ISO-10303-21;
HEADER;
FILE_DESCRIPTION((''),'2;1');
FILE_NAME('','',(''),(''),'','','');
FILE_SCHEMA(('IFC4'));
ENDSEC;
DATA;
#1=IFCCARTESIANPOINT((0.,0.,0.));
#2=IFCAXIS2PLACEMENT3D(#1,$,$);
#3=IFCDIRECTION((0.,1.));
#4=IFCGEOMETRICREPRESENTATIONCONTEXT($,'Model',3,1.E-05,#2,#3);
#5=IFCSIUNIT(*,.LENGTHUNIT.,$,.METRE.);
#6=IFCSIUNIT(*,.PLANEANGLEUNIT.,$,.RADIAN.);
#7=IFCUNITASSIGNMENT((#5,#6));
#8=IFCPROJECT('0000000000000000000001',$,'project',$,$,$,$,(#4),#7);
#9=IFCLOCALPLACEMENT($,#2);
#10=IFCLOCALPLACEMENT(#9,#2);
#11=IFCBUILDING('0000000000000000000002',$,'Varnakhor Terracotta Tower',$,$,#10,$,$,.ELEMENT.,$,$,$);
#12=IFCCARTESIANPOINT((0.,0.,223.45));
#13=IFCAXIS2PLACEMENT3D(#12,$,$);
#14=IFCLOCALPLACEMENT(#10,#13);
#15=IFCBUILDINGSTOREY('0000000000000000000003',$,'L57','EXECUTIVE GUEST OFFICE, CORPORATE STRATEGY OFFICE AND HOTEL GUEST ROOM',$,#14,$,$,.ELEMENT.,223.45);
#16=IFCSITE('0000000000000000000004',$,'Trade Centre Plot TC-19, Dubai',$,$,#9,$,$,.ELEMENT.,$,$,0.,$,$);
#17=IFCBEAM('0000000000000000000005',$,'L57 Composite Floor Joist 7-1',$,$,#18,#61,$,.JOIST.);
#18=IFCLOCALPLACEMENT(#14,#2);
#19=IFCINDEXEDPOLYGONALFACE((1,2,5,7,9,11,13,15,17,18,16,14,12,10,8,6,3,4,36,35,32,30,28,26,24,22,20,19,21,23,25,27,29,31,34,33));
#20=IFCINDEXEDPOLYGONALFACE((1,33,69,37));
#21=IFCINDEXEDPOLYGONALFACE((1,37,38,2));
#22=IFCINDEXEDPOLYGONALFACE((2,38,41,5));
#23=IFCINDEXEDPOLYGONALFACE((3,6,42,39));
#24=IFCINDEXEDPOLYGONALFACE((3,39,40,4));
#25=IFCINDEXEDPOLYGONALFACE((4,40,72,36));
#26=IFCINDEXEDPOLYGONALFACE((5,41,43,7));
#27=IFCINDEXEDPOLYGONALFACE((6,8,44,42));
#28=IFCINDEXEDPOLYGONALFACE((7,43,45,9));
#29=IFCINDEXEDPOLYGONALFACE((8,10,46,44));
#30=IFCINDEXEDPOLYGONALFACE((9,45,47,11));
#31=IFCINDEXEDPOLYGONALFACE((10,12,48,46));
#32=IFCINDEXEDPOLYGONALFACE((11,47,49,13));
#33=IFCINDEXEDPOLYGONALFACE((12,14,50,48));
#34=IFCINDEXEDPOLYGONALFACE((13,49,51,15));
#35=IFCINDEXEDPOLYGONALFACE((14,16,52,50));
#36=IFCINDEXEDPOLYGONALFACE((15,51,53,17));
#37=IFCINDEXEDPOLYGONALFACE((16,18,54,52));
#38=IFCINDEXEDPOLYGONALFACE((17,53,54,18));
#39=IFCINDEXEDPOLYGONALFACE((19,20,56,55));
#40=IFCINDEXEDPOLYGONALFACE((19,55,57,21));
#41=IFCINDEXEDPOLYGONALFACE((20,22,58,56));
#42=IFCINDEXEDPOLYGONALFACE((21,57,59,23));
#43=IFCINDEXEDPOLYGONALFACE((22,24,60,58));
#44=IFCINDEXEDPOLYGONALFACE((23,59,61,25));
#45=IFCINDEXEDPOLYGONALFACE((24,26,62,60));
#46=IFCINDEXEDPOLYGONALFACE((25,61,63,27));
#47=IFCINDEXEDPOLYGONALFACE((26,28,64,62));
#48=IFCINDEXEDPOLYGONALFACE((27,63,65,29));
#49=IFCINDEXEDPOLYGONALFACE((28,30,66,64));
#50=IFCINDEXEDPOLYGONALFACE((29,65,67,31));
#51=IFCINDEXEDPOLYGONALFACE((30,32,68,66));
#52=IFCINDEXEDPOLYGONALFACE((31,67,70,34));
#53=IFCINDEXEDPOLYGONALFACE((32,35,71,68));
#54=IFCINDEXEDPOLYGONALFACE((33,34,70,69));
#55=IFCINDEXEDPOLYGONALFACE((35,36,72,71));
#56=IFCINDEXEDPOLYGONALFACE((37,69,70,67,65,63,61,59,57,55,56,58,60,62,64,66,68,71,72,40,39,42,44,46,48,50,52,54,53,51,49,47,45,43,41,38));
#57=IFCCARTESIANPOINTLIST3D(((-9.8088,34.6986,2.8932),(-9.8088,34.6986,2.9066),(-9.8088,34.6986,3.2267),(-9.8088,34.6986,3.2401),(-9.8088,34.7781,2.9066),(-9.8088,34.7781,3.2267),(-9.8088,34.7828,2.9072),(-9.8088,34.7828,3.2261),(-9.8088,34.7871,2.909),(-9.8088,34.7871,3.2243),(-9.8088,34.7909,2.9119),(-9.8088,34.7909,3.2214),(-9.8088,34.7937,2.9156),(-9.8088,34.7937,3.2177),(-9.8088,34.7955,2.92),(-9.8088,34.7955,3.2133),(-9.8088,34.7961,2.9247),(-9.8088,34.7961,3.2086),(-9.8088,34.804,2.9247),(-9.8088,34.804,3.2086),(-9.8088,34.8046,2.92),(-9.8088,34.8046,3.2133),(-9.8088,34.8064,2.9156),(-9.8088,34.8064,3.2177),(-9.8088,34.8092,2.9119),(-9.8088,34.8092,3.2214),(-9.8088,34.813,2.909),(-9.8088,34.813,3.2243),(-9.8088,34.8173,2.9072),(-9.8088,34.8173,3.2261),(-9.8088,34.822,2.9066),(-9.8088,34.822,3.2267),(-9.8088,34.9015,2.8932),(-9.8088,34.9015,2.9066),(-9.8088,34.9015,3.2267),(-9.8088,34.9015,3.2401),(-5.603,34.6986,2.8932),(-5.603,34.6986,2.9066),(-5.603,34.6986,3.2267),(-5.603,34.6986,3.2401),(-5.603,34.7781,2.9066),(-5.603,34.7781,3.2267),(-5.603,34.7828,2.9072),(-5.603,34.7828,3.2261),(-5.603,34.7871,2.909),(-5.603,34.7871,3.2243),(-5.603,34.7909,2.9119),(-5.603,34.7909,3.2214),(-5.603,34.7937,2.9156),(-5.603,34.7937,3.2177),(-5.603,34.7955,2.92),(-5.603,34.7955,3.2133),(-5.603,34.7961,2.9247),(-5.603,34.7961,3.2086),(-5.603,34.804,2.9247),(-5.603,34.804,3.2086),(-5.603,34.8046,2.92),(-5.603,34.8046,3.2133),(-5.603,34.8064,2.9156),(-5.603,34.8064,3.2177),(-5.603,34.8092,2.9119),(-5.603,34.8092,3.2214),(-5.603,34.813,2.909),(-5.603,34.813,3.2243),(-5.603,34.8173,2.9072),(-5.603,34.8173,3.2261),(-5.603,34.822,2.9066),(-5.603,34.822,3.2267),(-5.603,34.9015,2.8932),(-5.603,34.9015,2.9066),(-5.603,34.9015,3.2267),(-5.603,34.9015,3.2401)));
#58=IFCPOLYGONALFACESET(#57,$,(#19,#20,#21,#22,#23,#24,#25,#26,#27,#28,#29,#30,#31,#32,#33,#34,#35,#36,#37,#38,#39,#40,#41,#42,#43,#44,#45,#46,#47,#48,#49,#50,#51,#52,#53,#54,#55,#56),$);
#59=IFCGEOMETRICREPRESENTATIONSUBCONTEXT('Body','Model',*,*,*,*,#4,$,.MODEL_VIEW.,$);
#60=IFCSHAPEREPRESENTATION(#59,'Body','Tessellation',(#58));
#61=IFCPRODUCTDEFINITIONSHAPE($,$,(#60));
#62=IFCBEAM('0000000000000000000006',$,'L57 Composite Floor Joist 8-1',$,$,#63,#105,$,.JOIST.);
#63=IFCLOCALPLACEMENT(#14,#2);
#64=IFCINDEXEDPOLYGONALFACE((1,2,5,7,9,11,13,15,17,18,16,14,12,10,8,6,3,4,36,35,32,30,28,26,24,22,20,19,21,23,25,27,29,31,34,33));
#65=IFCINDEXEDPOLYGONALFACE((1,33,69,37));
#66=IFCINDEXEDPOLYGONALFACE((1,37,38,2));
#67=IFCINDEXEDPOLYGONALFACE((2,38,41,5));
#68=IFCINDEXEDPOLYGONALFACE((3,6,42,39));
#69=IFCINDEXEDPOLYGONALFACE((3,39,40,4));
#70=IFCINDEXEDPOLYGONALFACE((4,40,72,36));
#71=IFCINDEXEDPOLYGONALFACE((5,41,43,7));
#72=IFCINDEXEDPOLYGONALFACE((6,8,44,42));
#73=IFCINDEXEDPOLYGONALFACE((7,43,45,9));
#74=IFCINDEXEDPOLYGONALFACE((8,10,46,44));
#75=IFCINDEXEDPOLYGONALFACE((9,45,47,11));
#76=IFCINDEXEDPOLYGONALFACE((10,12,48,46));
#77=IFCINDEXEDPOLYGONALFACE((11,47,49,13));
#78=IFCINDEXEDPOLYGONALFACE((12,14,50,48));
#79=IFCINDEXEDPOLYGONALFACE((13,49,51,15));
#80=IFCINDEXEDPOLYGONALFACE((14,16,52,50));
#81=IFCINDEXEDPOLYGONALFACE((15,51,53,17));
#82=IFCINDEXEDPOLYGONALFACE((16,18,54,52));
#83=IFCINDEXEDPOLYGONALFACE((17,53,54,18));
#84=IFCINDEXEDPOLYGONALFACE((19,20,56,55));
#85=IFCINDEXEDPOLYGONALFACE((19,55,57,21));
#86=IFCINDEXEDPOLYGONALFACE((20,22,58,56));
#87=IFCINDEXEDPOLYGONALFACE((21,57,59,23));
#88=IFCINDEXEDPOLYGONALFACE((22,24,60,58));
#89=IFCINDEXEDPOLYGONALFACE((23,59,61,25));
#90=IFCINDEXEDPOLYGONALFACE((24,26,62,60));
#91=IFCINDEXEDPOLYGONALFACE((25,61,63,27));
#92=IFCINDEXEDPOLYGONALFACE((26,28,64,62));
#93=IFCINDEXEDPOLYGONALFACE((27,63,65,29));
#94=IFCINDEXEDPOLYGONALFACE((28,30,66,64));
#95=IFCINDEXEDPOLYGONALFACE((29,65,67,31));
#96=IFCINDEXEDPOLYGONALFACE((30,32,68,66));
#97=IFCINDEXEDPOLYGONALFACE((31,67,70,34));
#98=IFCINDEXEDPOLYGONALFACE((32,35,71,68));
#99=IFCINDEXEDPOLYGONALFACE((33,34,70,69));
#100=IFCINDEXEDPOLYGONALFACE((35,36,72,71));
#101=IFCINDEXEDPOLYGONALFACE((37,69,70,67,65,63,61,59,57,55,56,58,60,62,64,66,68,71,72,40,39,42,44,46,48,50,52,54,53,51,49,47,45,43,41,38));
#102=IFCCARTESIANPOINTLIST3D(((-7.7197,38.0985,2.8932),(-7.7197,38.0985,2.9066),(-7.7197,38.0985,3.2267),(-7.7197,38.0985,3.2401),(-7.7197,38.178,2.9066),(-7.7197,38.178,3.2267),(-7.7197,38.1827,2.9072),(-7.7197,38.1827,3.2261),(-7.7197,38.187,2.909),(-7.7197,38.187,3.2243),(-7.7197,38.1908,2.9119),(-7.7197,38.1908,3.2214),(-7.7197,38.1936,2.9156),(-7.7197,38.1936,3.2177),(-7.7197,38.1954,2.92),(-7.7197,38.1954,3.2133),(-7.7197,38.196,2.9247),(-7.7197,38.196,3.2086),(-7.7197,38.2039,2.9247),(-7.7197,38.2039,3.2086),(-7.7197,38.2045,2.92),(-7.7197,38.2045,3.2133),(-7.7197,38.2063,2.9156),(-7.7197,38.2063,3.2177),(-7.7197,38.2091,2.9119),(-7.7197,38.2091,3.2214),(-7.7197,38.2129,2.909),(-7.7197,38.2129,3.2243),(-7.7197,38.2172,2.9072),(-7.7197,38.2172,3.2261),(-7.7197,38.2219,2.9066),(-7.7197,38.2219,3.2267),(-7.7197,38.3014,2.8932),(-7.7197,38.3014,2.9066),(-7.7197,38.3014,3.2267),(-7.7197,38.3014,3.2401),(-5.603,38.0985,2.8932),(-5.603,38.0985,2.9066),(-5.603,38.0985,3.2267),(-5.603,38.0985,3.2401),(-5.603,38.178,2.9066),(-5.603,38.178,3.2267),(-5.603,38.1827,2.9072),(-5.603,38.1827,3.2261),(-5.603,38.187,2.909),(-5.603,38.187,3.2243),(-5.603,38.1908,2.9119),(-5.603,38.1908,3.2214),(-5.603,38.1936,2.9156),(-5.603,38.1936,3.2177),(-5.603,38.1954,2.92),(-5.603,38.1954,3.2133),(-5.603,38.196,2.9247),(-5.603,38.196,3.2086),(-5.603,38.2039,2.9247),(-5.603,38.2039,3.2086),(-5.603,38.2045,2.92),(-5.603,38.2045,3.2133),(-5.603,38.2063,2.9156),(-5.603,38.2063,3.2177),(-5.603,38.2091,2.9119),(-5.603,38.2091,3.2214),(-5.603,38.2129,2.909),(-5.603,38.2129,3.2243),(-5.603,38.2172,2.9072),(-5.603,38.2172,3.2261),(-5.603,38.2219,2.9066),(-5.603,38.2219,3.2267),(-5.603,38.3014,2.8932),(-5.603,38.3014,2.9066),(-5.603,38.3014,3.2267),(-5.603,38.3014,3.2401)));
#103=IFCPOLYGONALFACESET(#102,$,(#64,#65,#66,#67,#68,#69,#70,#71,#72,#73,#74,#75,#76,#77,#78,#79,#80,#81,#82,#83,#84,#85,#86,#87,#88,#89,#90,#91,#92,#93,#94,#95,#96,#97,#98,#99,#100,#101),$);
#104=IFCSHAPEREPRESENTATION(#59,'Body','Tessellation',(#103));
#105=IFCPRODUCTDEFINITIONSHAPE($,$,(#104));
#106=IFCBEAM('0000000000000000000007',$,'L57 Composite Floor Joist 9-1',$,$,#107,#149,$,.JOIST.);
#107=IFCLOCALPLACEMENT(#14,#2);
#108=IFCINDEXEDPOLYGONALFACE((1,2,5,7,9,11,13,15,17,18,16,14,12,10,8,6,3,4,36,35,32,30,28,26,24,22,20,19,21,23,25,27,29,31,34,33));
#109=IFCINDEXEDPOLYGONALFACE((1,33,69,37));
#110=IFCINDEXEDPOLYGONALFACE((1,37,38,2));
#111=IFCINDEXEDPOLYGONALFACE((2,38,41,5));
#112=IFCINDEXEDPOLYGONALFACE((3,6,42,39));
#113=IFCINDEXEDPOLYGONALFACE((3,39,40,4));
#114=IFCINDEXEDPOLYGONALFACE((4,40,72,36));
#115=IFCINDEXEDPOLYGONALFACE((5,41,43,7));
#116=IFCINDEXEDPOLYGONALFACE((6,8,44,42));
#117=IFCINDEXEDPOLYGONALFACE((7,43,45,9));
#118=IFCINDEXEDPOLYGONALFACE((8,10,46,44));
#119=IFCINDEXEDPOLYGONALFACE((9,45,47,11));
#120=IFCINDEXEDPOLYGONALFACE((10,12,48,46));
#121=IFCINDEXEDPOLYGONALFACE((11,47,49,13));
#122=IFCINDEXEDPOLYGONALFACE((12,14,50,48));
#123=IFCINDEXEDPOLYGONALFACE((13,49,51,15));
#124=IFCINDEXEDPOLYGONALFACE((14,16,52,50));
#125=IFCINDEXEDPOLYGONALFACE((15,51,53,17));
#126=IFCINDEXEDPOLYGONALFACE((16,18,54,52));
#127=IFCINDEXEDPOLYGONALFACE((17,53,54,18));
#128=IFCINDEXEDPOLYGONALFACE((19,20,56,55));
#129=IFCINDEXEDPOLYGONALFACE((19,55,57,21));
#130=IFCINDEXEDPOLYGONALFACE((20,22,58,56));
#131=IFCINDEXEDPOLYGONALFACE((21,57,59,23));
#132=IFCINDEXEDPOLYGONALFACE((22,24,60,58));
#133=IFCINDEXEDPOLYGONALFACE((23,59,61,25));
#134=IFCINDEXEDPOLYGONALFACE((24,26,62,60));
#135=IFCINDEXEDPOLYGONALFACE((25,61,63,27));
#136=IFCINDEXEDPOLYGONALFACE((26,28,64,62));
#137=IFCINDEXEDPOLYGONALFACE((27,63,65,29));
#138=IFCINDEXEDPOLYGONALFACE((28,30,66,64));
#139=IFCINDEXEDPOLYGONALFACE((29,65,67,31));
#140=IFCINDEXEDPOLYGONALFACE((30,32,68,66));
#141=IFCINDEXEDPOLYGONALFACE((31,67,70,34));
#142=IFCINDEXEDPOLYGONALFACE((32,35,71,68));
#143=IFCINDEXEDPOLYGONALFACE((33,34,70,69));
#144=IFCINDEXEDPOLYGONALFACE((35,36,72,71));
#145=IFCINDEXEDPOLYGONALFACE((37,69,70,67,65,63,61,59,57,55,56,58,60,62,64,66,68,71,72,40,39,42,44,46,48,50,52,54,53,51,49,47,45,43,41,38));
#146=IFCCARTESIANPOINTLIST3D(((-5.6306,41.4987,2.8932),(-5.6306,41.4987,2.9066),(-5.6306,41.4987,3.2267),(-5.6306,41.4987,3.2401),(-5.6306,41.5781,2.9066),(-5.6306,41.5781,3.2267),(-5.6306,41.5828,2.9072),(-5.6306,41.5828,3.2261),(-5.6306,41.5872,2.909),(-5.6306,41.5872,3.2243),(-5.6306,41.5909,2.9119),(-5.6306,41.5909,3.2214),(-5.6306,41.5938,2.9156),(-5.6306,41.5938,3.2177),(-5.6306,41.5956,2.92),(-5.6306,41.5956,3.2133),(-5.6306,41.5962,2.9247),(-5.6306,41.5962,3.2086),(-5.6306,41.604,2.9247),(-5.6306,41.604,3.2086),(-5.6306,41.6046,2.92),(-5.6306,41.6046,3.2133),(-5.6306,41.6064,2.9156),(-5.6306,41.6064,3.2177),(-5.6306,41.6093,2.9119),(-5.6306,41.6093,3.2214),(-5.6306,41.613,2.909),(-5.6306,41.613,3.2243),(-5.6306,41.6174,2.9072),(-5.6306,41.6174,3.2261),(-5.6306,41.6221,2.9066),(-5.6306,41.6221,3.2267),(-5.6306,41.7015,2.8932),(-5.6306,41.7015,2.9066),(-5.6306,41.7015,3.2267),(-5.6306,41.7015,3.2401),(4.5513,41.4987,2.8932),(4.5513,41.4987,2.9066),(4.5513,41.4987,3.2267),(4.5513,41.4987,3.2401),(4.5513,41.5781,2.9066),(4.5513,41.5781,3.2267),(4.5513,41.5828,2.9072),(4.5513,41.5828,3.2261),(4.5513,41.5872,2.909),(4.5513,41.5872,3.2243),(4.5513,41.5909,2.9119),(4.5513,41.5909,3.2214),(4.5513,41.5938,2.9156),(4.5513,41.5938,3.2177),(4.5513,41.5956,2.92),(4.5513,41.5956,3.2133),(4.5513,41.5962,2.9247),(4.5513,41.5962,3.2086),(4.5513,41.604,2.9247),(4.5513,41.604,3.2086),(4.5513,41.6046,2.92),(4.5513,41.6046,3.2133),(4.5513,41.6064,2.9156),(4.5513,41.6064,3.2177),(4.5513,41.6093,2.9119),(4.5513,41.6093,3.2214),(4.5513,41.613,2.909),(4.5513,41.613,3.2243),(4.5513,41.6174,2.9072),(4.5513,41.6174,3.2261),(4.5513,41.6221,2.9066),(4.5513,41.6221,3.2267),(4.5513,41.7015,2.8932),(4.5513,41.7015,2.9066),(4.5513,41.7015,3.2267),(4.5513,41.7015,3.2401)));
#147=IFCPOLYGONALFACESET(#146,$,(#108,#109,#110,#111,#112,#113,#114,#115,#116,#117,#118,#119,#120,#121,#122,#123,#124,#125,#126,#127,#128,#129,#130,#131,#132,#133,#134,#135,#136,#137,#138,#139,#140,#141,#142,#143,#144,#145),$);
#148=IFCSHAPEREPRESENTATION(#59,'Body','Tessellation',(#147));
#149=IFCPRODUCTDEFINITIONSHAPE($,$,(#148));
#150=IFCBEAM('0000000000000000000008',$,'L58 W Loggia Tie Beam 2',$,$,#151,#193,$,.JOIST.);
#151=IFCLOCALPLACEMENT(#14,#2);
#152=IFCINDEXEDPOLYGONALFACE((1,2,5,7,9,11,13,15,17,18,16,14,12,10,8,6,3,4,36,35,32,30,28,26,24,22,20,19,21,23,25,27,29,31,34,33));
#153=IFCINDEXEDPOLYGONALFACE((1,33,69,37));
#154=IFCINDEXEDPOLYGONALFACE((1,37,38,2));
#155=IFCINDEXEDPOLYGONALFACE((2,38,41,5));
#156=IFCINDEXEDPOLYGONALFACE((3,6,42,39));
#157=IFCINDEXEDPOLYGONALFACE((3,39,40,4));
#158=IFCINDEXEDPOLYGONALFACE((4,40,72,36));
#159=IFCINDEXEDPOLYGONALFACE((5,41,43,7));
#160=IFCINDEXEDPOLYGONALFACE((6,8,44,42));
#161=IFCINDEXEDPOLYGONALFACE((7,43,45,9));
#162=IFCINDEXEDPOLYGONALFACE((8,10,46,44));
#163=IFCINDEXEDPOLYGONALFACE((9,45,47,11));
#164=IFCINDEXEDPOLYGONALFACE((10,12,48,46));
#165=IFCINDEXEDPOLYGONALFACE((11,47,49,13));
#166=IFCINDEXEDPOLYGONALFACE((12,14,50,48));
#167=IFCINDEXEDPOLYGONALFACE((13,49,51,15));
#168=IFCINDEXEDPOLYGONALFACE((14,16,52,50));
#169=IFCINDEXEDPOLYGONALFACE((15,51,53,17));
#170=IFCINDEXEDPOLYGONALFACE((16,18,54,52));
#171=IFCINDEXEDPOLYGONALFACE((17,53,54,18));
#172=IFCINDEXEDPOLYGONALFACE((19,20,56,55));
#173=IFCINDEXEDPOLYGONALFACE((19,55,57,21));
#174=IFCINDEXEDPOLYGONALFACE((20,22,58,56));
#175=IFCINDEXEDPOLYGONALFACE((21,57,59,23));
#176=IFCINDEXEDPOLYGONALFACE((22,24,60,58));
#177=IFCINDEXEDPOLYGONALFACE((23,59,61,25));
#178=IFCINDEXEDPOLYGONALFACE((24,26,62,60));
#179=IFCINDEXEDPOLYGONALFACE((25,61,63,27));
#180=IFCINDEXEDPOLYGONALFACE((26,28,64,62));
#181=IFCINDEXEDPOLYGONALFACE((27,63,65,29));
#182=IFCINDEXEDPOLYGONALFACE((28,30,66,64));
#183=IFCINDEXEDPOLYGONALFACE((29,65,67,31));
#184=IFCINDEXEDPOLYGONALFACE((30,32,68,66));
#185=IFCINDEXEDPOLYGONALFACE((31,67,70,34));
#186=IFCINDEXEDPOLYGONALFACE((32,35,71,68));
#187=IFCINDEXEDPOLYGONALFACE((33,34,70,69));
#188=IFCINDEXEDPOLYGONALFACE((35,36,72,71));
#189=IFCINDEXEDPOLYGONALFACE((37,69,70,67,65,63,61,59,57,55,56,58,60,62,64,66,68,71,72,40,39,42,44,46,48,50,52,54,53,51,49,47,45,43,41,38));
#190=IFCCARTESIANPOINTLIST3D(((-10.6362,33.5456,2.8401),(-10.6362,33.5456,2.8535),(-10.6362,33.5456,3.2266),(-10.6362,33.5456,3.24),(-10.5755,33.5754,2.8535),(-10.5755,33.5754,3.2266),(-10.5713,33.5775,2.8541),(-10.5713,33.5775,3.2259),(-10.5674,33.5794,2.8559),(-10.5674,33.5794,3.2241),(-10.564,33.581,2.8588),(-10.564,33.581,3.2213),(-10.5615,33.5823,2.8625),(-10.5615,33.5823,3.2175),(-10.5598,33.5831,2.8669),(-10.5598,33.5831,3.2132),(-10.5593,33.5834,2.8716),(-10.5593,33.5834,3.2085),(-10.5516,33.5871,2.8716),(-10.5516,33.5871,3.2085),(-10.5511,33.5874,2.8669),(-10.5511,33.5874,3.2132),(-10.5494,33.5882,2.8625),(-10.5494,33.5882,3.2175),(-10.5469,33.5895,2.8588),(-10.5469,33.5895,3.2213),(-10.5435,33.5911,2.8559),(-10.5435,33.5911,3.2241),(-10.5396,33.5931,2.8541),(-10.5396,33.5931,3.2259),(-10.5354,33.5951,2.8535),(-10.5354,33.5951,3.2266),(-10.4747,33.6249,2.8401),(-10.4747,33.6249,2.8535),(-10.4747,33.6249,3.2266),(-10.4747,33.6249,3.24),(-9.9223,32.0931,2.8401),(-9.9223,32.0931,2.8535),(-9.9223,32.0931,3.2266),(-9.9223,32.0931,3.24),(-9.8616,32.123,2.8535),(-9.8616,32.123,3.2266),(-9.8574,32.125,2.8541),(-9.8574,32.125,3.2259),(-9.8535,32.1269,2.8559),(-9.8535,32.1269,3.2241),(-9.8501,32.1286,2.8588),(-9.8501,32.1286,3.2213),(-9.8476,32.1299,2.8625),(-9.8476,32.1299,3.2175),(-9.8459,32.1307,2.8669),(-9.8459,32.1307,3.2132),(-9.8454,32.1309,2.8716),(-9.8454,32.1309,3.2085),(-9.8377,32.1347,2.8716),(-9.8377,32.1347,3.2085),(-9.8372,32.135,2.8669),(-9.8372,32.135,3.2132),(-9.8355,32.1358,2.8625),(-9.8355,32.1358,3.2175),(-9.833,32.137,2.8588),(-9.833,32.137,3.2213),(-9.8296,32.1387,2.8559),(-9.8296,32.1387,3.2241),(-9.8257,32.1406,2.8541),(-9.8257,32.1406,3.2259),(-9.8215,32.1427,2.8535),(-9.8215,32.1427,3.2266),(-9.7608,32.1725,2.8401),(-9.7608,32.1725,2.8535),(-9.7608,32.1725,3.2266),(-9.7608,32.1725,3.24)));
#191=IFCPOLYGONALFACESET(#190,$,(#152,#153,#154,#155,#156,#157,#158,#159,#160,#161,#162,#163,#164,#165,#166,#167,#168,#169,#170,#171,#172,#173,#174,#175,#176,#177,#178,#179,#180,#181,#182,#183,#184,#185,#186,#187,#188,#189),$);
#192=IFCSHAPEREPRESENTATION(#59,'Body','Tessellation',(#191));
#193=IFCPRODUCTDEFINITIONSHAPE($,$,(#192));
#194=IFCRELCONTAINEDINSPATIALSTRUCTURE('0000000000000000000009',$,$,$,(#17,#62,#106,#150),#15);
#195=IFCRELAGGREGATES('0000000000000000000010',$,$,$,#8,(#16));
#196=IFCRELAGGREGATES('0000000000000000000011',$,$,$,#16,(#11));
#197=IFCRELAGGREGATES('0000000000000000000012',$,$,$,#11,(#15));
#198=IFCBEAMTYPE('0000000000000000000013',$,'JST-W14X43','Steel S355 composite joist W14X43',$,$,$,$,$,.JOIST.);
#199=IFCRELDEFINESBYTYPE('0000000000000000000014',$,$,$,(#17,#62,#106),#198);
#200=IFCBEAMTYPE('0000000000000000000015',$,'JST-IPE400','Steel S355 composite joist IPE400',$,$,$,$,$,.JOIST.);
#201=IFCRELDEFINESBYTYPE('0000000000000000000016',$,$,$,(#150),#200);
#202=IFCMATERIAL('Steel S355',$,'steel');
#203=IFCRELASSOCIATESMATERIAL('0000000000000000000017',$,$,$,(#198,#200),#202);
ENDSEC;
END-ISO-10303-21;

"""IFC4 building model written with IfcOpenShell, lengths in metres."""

from ifc_helpers import new_model, si_unit, direction, frame, origin, origin_2d, place, context, subcontext, project, spatial, i_section, extrude, source, transform, mapped, material, material_profile, profile_set, type_object, element, save


model = new_model("IFC4")

# Units and contexts
model_context = context("Model", 3, precision=1e-05, world=origin(), true_north=direction((0.0, 1.0)))
body_context = subcontext(model_context, "Body", "Model", "MODEL_VIEW")
ifc_project = project(units=[si_unit("LENGTHUNIT", "METRE"), si_unit("PLANEANGLEUNIT", "RADIAN")], contexts=[model_context])

# Site, building, storey
site_placement = place(None, origin())
site = spatial("IfcSite", under=ifc_project, at=site_placement, Name="Trade Centre Plot TC-19, Dubai", CompositionType="ELEMENT", RefElevation=0.0)
building_placement = place(site_placement, origin())
building = spatial("IfcBuilding", under=site, at=building_placement, Name="Varnakhor Terracotta Tower", CompositionType="ELEMENT")
storey_placement = place(building_placement, frame((0.0, 0.0, 223.45)))
storey = spatial("IfcBuildingStorey", under=building, at=storey_placement, Name="L57", Description="EXECUTIVE GUEST OFFICE, CORPORATE STRATEGY OFFICE AND HOTEL GUEST ROOM", CompositionType="ELEMENT", Elevation=223.45)

# Beams
ifc_material_1 = material(Name="Steel S355", Category="steel")
ifc_material_profile_1 = material_profile(ifc_material_1, i_section(OverallWidth=0.2029, OverallDepth=0.3469, WebThickness=0.0078, FlangeThickness=0.0134, FilletRadius=0.0181, at=origin_2d()), Name="W14X43")
ifc_profile_set_1 = profile_set([ifc_material_profile_1], Name="Steel S355")
beam_type_1 = type_object("IfcBeamType", Name="JST-W14X43", Description="Steel S355 composite joist W14X43", PredefinedType="JOIST", material=ifc_profile_set_1)
ifc_material_profile_2 = material_profile(ifc_material_1, i_section(OverallWidth=0.1799, OverallDepth=0.3999, WebThickness=0.0085, FlangeThickness=0.0134, FilletRadius=0.0181, at=origin_2d()), Name="IPE400")
ifc_profile_set_2 = profile_set([ifc_material_profile_2], Name="Steel S355")
beam_type_2 = type_object("IfcBeamType", Name="JST-IPE400", Description="Steel S355 composite joist IPE400", PredefinedType="JOIST", material=ifc_profile_set_2)
shared_shape_1 = source(origin(), body_context, "Body", "SweptSolid", [
    extrude(i_section(OverallWidth=0.2029, OverallDepth=0.3469, WebThickness=0.0078, FlangeThickness=0.0134, FilletRadius=0.0181, at=origin_2d()), origin(), (0.0, 0.0, 1.0), 4.2058),
])
beam_1_placement = place(storey_placement, frame((-9.8088, 34.8, 3.0667), z_axis=(1.0, 0.0, 0.0), x_axis=(0.0, 1.0, 0.0)))
element("IfcBeam", 1, at=beam_1_placement, inside=storey, type_object=beam_type_1, Name="L57 Composite Floor Joist 7-1", PredefinedType="JOIST", context=body_context, shape_type="MappedRepresentation", body=[
    mapped(shared_shape_1, transform((0.0, 0.0, 0.0), scale=1.0)),
])
shared_shape_2 = source(origin(), body_context, "Body", "SweptSolid", [
    extrude(i_section(OverallWidth=0.2029, OverallDepth=0.3469, WebThickness=0.0078, FlangeThickness=0.0134, FilletRadius=0.0181, at=origin_2d()), origin(), (0.0, 0.0, 1.0), 2.1167),
])
beam_2_placement = place(storey_placement, frame((-7.7197, 38.2, 3.0667), z_axis=(1.0, 0.0, 0.0), x_axis=(0.0, 1.0, 0.0)))
element("IfcBeam", 2, at=beam_2_placement, inside=storey, type_object=beam_type_1, Name="L57 Composite Floor Joist 8-1", PredefinedType="JOIST", context=body_context, shape_type="MappedRepresentation", body=[
    mapped(shared_shape_2, transform((0.0, 0.0, 0.0), scale=1.0)),
])
shared_shape_3 = source(origin(), body_context, "Body", "SweptSolid", [
    extrude(i_section(OverallWidth=0.2029, OverallDepth=0.3469, WebThickness=0.0078, FlangeThickness=0.0134, FilletRadius=0.0181, at=origin_2d()), origin(), (0.0, 0.0, 1.0), 10.1819),
])
beam_3_placement = place(storey_placement, frame((-5.6306, 41.6001, 3.0667), z_axis=(1.0, 0.0, 0.0), x_axis=(0.0, 1.0, 0.0)))
element("IfcBeam", 3, at=beam_3_placement, inside=storey, type_object=beam_type_1, Name="L57 Composite Floor Joist 9-1", PredefinedType="JOIST", context=body_context, shape_type="MappedRepresentation", body=[
    mapped(shared_shape_3, transform((0.0, 0.0, 0.0), scale=1.0)),
])
shared_shape_4 = source(origin(), body_context, "Body", "SweptSolid", [
    extrude(i_section(OverallWidth=0.1799, OverallDepth=0.3999, WebThickness=0.0085, FlangeThickness=0.0134, FilletRadius=0.0181, at=origin_2d()), origin(), (0.0, 0.0, 1.0), 1.6184),
])
beam_4_placement = place(storey_placement, frame((-9.8416, 32.1328, 3.04), z_axis=(-0.441109, 0.897454, 0.0), x_axis=(-0.897454, -0.441109, 0.0)))
element("IfcBeam", 4, at=beam_4_placement, inside=storey, type_object=beam_type_2, Name="L58 W Loggia Tie Beam 2", PredefinedType="JOIST", context=body_context, shape_type="MappedRepresentation", body=[
    mapped(shared_shape_4, transform((0.0, 0.0, 0.0), scale=1.0)),
])

save(model, "model.ifc")
